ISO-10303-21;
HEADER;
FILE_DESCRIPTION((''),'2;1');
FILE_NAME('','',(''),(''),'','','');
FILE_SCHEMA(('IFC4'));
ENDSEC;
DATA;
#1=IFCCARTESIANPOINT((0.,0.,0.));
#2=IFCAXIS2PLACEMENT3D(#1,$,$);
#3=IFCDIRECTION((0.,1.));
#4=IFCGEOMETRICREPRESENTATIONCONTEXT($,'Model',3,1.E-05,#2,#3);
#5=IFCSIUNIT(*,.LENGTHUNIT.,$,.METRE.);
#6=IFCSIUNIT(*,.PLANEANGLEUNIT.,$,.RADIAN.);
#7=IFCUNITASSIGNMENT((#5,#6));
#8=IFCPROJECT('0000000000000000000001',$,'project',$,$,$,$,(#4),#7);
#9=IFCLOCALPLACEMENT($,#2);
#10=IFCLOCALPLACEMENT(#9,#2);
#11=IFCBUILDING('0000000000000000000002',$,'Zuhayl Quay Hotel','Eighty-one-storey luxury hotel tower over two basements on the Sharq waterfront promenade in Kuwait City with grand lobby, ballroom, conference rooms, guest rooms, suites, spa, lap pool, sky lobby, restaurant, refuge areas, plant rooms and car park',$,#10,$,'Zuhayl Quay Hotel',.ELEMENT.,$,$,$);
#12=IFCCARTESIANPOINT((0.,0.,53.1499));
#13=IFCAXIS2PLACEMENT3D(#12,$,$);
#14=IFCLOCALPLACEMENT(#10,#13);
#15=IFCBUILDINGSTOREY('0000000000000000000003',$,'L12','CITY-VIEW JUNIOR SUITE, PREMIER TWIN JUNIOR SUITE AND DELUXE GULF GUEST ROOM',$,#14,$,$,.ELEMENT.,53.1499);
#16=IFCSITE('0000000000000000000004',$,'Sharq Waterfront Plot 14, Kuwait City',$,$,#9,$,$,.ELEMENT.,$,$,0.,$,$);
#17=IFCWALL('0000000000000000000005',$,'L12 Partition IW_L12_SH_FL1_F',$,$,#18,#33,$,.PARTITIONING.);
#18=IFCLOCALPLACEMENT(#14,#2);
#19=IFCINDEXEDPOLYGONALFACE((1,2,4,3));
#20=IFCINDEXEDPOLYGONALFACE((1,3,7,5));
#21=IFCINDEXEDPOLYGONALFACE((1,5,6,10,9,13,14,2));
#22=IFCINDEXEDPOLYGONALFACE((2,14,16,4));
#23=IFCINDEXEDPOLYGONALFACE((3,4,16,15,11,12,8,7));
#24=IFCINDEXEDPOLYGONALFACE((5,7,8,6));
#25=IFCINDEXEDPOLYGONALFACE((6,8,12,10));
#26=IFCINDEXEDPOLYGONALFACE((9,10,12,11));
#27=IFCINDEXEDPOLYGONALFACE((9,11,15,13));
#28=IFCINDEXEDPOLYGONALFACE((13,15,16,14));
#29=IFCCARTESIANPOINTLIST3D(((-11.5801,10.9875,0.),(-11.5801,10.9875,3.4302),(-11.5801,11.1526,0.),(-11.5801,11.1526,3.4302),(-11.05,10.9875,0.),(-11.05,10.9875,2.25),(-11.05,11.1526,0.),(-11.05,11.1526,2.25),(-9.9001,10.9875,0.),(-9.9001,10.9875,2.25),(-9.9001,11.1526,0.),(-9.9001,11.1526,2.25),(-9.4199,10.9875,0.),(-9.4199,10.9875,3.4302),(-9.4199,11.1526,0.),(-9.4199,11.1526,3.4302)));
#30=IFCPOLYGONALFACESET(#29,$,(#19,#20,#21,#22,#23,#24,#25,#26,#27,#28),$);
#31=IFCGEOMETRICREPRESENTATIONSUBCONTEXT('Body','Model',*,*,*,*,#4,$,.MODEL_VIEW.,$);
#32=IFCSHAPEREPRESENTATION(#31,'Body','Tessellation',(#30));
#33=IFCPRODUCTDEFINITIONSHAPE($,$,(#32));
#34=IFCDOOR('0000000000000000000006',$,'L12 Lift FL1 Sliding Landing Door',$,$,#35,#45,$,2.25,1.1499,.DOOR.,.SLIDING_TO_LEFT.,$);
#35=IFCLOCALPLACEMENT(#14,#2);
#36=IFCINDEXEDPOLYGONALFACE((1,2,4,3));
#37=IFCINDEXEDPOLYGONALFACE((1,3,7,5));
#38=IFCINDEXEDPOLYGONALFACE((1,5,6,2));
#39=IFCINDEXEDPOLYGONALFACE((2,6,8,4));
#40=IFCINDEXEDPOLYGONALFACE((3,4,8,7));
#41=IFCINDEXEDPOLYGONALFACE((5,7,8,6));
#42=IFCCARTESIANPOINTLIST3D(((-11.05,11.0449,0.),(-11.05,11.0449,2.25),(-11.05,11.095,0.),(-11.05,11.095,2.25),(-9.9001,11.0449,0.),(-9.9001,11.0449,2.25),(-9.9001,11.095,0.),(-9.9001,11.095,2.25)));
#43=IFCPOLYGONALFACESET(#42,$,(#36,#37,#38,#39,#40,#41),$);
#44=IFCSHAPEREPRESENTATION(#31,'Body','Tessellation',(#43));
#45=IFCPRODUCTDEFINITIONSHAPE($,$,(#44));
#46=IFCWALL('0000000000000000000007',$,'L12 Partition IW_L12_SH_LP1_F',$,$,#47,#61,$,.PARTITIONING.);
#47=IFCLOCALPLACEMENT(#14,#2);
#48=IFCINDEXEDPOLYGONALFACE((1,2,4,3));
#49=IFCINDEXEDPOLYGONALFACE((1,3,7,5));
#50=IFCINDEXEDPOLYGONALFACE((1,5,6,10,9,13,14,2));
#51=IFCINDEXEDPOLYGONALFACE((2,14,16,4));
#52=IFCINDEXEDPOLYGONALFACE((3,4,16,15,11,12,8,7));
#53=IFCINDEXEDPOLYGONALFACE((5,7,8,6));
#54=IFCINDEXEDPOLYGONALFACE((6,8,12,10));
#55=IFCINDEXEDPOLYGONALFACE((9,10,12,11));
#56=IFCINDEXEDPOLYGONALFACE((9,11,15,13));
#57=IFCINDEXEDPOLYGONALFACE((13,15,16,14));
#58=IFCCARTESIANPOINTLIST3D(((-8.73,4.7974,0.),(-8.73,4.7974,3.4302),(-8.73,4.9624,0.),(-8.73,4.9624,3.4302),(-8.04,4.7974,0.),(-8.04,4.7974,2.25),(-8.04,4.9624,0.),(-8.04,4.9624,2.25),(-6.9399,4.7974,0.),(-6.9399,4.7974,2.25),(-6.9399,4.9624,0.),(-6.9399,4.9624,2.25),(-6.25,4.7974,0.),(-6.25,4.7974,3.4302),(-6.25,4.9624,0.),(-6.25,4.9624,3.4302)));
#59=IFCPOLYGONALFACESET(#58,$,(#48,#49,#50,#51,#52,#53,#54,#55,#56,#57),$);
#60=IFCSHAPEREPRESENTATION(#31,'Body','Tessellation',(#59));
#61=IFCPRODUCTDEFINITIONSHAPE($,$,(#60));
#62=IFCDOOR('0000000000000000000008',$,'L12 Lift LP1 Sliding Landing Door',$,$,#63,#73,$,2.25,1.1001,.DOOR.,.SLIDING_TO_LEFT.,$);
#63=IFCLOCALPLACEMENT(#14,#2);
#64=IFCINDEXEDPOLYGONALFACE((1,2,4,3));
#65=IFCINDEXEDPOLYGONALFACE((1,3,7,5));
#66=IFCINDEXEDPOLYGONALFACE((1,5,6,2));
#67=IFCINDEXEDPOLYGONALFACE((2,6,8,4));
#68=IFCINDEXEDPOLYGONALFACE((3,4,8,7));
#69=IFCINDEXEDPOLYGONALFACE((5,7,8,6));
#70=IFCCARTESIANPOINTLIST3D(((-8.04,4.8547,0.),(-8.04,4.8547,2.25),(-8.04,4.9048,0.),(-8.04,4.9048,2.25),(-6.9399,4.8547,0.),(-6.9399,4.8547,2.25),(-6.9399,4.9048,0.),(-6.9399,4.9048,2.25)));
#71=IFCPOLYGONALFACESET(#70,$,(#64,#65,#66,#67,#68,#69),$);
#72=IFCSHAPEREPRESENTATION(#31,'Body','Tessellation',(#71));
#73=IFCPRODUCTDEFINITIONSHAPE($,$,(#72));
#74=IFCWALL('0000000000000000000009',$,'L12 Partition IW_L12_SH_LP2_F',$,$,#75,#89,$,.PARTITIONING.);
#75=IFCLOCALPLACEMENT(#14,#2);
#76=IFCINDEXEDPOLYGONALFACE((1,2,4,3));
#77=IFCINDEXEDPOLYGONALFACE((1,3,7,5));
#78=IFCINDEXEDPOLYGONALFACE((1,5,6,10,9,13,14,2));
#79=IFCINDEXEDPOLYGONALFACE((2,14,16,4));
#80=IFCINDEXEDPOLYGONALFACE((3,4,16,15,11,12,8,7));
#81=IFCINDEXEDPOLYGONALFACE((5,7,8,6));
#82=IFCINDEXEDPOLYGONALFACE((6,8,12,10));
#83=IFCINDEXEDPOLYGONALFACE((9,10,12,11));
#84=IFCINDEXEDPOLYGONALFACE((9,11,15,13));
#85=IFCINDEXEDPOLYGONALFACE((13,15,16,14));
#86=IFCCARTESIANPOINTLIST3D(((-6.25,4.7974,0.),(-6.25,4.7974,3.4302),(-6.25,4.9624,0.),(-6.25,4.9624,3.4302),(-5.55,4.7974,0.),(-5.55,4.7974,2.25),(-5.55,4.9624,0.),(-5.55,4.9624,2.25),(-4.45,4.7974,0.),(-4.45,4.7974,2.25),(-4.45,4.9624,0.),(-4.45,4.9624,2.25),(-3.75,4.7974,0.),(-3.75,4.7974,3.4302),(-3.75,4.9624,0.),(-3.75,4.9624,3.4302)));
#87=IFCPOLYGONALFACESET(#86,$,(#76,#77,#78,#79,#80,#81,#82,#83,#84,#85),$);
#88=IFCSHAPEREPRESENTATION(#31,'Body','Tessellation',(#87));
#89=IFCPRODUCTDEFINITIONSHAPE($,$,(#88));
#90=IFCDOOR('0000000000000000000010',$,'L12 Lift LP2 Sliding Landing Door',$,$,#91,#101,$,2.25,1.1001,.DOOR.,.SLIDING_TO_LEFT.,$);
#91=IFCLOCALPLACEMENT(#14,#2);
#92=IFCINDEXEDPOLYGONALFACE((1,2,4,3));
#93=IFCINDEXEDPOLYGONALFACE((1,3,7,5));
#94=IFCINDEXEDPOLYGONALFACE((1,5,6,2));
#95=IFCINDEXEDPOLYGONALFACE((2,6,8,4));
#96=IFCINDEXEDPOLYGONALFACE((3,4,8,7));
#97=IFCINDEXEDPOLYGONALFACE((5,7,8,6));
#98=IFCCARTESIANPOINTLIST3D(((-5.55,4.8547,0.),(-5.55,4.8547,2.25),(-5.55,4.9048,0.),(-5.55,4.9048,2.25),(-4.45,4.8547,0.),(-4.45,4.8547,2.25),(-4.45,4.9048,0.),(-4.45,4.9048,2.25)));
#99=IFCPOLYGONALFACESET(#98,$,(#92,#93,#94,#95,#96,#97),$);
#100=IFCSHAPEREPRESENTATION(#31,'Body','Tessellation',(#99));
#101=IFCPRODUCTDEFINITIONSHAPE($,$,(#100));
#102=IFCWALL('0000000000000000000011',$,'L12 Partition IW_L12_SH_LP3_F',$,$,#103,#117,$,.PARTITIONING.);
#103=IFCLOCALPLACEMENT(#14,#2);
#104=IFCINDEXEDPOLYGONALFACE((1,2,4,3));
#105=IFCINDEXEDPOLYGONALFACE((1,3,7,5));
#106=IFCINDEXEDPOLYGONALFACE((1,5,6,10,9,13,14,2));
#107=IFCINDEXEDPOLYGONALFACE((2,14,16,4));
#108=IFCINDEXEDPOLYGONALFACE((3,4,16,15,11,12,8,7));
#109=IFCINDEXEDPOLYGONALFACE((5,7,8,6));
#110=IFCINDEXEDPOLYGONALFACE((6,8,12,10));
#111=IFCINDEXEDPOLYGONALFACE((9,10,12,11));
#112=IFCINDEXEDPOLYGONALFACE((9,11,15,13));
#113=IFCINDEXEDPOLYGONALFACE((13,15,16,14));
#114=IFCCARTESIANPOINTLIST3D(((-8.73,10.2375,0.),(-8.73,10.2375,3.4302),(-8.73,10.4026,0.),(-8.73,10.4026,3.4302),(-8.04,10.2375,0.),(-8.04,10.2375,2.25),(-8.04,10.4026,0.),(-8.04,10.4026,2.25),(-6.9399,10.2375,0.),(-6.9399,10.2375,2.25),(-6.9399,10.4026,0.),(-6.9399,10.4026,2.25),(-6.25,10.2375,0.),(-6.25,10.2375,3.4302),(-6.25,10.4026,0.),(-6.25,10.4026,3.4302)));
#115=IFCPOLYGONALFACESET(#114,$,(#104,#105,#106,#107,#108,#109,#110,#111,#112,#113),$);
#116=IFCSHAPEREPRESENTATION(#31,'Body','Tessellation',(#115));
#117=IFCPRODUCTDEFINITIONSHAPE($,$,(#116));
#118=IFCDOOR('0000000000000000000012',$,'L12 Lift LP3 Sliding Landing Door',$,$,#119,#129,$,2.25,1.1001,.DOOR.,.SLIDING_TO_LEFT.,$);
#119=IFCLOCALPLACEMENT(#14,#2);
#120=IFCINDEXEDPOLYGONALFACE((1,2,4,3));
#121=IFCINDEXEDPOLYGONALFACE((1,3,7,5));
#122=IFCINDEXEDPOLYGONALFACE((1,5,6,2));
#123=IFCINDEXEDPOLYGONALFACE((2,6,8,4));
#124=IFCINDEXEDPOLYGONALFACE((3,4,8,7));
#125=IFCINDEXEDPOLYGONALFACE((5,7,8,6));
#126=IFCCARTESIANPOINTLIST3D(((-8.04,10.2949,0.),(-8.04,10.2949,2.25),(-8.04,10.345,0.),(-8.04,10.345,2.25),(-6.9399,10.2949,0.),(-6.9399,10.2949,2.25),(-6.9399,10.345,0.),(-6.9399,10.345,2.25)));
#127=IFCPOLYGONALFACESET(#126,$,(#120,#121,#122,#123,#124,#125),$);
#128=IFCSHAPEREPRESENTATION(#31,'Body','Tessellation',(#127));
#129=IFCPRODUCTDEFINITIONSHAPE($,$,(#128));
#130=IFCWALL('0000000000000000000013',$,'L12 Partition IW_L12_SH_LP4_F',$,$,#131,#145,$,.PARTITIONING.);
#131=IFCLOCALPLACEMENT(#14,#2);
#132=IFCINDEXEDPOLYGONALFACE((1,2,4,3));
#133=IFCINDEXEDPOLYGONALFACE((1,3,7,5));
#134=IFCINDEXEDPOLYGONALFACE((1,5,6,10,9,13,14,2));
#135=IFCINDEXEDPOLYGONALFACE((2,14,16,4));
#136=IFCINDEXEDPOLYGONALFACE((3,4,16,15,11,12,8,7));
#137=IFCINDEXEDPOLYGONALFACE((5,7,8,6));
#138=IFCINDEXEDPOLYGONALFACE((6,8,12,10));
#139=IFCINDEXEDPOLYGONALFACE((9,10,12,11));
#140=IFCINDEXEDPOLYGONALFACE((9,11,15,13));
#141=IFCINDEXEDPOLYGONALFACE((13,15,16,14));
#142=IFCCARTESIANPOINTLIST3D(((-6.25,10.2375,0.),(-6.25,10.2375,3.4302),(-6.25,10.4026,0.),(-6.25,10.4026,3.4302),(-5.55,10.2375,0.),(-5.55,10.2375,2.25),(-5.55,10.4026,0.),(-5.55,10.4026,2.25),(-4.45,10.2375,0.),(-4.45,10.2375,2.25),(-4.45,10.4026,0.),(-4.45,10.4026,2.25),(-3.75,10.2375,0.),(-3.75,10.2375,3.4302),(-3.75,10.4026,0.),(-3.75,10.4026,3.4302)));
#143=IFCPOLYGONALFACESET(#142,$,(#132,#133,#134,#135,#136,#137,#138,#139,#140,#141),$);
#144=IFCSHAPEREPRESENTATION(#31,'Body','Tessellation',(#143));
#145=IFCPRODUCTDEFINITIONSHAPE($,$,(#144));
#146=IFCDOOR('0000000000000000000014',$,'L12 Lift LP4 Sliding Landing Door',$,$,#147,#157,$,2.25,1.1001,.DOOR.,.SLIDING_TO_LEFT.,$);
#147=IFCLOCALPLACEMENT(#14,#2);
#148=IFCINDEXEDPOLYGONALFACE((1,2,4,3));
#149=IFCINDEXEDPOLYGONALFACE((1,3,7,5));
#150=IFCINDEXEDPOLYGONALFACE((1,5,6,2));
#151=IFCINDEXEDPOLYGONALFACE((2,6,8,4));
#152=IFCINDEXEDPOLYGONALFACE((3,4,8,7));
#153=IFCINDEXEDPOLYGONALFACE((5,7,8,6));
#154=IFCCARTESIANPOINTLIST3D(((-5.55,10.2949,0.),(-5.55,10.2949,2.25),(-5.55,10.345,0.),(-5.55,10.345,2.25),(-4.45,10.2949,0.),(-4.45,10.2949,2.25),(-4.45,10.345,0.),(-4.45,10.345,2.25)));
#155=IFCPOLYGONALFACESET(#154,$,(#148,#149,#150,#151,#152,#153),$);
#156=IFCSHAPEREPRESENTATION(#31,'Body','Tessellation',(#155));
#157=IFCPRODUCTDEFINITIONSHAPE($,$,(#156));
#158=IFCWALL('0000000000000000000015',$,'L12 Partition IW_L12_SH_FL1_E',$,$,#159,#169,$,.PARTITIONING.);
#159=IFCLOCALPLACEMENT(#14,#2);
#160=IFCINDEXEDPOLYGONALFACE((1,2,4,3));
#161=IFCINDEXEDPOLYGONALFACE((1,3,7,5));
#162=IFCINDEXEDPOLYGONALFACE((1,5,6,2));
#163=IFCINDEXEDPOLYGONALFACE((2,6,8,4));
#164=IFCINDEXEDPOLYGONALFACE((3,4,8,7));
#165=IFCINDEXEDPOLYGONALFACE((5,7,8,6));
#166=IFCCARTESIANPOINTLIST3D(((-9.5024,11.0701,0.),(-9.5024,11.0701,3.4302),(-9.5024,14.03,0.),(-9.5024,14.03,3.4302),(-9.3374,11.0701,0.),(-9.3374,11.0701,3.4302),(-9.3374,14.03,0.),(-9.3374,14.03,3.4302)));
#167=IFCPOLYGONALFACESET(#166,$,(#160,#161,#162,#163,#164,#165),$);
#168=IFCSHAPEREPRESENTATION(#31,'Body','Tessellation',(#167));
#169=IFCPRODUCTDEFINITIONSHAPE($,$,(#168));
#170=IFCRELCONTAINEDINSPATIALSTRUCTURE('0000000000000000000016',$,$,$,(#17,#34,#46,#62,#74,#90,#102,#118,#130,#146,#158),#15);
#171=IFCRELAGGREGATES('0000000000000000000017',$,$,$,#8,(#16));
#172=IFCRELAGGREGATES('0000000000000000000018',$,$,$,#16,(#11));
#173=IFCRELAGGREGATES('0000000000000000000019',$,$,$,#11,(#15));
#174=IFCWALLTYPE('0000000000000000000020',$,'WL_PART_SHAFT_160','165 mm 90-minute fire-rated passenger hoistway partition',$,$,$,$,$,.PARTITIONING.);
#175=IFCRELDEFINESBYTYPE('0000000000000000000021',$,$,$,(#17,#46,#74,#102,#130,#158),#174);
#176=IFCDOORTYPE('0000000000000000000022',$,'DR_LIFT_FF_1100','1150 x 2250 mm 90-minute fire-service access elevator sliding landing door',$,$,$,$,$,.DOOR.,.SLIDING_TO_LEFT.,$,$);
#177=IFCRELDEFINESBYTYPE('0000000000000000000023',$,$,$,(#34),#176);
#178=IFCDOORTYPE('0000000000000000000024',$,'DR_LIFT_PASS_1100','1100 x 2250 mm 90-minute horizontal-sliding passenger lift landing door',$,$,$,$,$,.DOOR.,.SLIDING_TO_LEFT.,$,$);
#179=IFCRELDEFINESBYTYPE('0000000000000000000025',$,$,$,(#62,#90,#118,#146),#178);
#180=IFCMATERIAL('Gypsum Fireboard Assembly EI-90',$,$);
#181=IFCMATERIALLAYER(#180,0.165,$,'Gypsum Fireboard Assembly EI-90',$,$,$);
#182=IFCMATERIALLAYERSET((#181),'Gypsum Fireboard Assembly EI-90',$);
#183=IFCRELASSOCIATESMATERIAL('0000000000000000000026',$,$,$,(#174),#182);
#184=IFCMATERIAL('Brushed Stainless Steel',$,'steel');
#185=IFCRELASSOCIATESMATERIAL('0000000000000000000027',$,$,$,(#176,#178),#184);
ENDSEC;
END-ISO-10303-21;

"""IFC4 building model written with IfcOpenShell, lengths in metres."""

from ifc_helpers import new_model, si_unit, direction, frame, frame_2d, origin, place, context, subcontext, project, spatial, rectangle, extrude, material, layer, layer_set, type_object, element, fill, save


model = new_model("IFC4")

# Units and contexts
model_context = context("Model", 3, precision=1e-05, world=origin(), true_north=direction((0.0, 1.0)))
body_context = subcontext(model_context, "Body", "Model", "MODEL_VIEW")
ifc_project = project(units=[si_unit("LENGTHUNIT", "METRE"), si_unit("PLANEANGLEUNIT", "RADIAN")], contexts=[model_context])

# Site, building, storey
site_placement = place(None, origin())
site = spatial("IfcSite", under=ifc_project, at=site_placement, Name="Sharq Waterfront Plot 14, Kuwait City", CompositionType="ELEMENT", RefElevation=0.0)
building_placement = place(site_placement, origin())
building = spatial("IfcBuilding", under=site, at=building_placement, Name="Zuhayl Quay Hotel", Description="Eighty-one-storey luxury hotel tower over two basements on the Sharq waterfront promenade in Kuwait City with grand lobby, ballroom, conference rooms, guest rooms, suites, spa, lap pool, sky lobby, restaurant, refuge areas, plant rooms and car park", LongName="Zuhayl Quay Hotel", CompositionType="ELEMENT")
storey_placement = place(building_placement, frame((0.0, 0.0, 53.1499)))
storey = spatial("IfcBuildingStorey", under=building, at=storey_placement, Name="L12", Description="CITY-VIEW JUNIOR SUITE, PREMIER TWIN JUNIOR SUITE AND DELUXE GULF GUEST ROOM", CompositionType="ELEMENT", Elevation=53.1499)

# Walls, openings, doors
ifc_material_1 = material(Name="Gypsum Fireboard Assembly EI-90")
ifc_layer_1 = layer(ifc_material_1, 0.165, Name="Gypsum Fireboard Assembly EI-90")
ifc_layer_set_1 = layer_set([ifc_layer_1], Name="Gypsum Fireboard Assembly EI-90")
wall_type_1 = type_object("IfcWallType", Name="WL_PART_SHAFT_160", Description="165 mm 90-minute fire-rated passenger hoistway partition", PredefinedType="PARTITIONING", material=ifc_layer_set_1)
wall_1_placement = place(storey_placement, frame((-11.5801, 11.0701, 0.0), z_axis=(0.0, 0.0, 1.0), x_axis=(1.0, 0.0, 0.0)))
wall_1 = element("IfcWall", 1, at=wall_1_placement, inside=storey, type_object=wall_type_1, Name="L12 Partition IW_L12_SH_FL1_F", PredefinedType="PARTITIONING", context=body_context, shape_type="SweptSolid", body=[
    extrude(rectangle(XDim=2.1602, YDim=0.165, at=frame_2d((1.0801, 0.0))), origin(), (0.0, 0.0, 1.0), 3.4302),
])
opening_1_placement = place(wall_1_placement, frame((0.53, 0.0, 0.0)))
opening_1 = element("IfcOpeningElement", 2, at=opening_1_placement, cuts=wall_1, PredefinedType="OPENING", context=body_context, shape_type="SweptSolid", body=[
    extrude(rectangle(XDim=1.1499, YDim=2.25, at=frame_2d((0.575, 1.125))), frame((0.0, 0.0925, 0.0), z_axis=(0.0, -1.0, 0.0), x_axis=(1.0, 0.0, 0.0)), (0.0, 0.0, 1.0), 0.1851),
])
ifc_material_2 = material(Name="Brushed Stainless Steel", Category="steel")
door_type_1 = type_object("IfcDoorType", Name="DR_LIFT_FF_1100", Description="1150 x 2250 mm 90-minute fire-service access elevator sliding landing door", OperationType="SLIDING_TO_LEFT", PredefinedType="DOOR", material=ifc_material_2)
door_1_placement = place(opening_1_placement, origin())
door_1 = element("IfcDoor", 3, at=door_1_placement, inside=storey, type_object=door_type_1, Name="L12 Lift FL1 Sliding Landing Door", OperationType="SLIDING_TO_LEFT", OverallHeight=2.25, OverallWidth=1.1499, PredefinedType="DOOR", context=body_context, shape_type="SweptSolid", body=[
    extrude(rectangle(XDim=1.1499, YDim=2.25, at=frame_2d((0.575, 1.125))), frame((0.0, 0.0249, 0.0), z_axis=(0.0, -1.0, 0.0), x_axis=(1.0, 0.0, 0.0)), (0.0, 0.0, 1.0), 0.05),
])
fill(opening_1, door_1)
wall_2_placement = place(storey_placement, frame((-8.73, 4.8799, 0.0), z_axis=(0.0, 0.0, 1.0), x_axis=(1.0, 0.0, 0.0)))
wall_2 = element("IfcWall", 4, at=wall_2_placement, inside=storey, type_object=wall_type_1, Name="L12 Partition IW_L12_SH_LP1_F", PredefinedType="PARTITIONING", context=body_context, shape_type="SweptSolid", body=[
    extrude(rectangle(XDim=2.48, YDim=0.165, at=frame_2d((1.24, 0.0))), origin(), (0.0, 0.0, 1.0), 3.4302),
])
opening_2_placement = place(wall_2_placement, frame((0.6899, 0.0, 0.0)))
opening_2 = element("IfcOpeningElement", 5, at=opening_2_placement, cuts=wall_2, PredefinedType="OPENING", context=body_context, shape_type="SweptSolid", body=[
    extrude(rectangle(XDim=1.1001, YDim=2.25, at=frame_2d((0.55, 1.125))), frame((0.0, 0.0925, 0.0), z_axis=(0.0, -1.0, 0.0), x_axis=(1.0, 0.0, 0.0)), (0.0, 0.0, 1.0), 0.1851),
])
door_type_2 = type_object("IfcDoorType", Name="DR_LIFT_PASS_1100", Description="1100 x 2250 mm 90-minute horizontal-sliding passenger lift landing door", OperationType="SLIDING_TO_LEFT", PredefinedType="DOOR", material=ifc_material_2)
door_2_placement = place(opening_2_placement, origin())
door_2 = element("IfcDoor", 6, at=door_2_placement, inside=storey, type_object=door_type_2, Name="L12 Lift LP1 Sliding Landing Door", OperationType="SLIDING_TO_LEFT", OverallHeight=2.25, OverallWidth=1.1001, PredefinedType="DOOR", context=body_context, shape_type="SweptSolid", body=[
    extrude(rectangle(XDim=1.1001, YDim=2.25, at=frame_2d((0.55, 1.125))), frame((0.0, 0.0249, 0.0), z_axis=(0.0, -1.0, 0.0), x_axis=(1.0, 0.0, 0.0)), (0.0, 0.0, 1.0), 0.05),
])
fill(opening_2, door_2)
wall_3_placement = place(storey_placement, frame((-6.25, 4.8799, 0.0), z_axis=(0.0, 0.0, 1.0), x_axis=(1.0, 0.0, 0.0)))
wall_3 = element("IfcWall", 7, at=wall_3_placement, inside=storey, type_object=wall_type_1, Name="L12 Partition IW_L12_SH_LP2_F", PredefinedType="PARTITIONING", context=body_context, shape_type="SweptSolid", body=[
    extrude(rectangle(XDim=2.5, YDim=0.165, at=frame_2d((1.25, 0.0))), origin(), (0.0, 0.0, 1.0), 3.4302),
])
opening_3_placement = place(wall_3_placement, frame((0.7, 0.0, 0.0)))
opening_3 = element("IfcOpeningElement", 8, at=opening_3_placement, cuts=wall_3, PredefinedType="OPENING", context=body_context, shape_type="SweptSolid", body=[
    extrude(rectangle(XDim=1.1001, YDim=2.25, at=frame_2d((0.55, 1.125))), frame((0.0, 0.0925, 0.0), z_axis=(0.0, -1.0, 0.0), x_axis=(1.0, 0.0, 0.0)), (0.0, 0.0, 1.0), 0.1851),
])
door_3_placement = place(opening_3_placement, origin())
door_3 = element("IfcDoor", 9, at=door_3_placement, inside=storey, type_object=door_type_2, Name="L12 Lift LP2 Sliding Landing Door", OperationType="SLIDING_TO_LEFT", OverallHeight=2.25, OverallWidth=1.1001, PredefinedType="DOOR", context=body_context, shape_type="SweptSolid", body=[
    extrude(rectangle(XDim=1.1001, YDim=2.25, at=frame_2d((0.55, 1.125))), frame((0.0, 0.0249, 0.0), z_axis=(0.0, -1.0, 0.0), x_axis=(1.0, 0.0, 0.0)), (0.0, 0.0, 1.0), 0.05),
])
fill(opening_3, door_3)
wall_4_placement = place(storey_placement, frame((-8.73, 10.3201, 0.0), z_axis=(0.0, 0.0, 1.0), x_axis=(1.0, 0.0, 0.0)))
wall_4 = element("IfcWall", 10, at=wall_4_placement, inside=storey, type_object=wall_type_1, Name="L12 Partition IW_L12_SH_LP3_F", PredefinedType="PARTITIONING", context=body_context, shape_type="SweptSolid", body=[
    extrude(rectangle(XDim=2.48, YDim=0.165, at=frame_2d((1.24, 0.0))), origin(), (0.0, 0.0, 1.0), 3.4302),
])
opening_4_placement = place(wall_4_placement, frame((0.6899, 0.0, 0.0)))
opening_4 = element("IfcOpeningElement", 11, at=opening_4_placement, cuts=wall_4, PredefinedType="OPENING", context=body_context, shape_type="SweptSolid", body=[
    extrude(rectangle(XDim=1.1001, YDim=2.25, at=frame_2d((0.55, 1.125))), frame((0.0, 0.0925, 0.0), z_axis=(0.0, -1.0, 0.0), x_axis=(1.0, 0.0, 0.0)), (0.0, 0.0, 1.0), 0.1851),
])
door_4_placement = place(opening_4_placement, origin())
door_4 = element("IfcDoor", 12, at=door_4_placement, inside=storey, type_object=door_type_2, Name="L12 Lift LP3 Sliding Landing Door", OperationType="SLIDING_TO_LEFT", OverallHeight=2.25, OverallWidth=1.1001, PredefinedType="DOOR", context=body_context, shape_type="SweptSolid", body=[
    extrude(rectangle(XDim=1.1001, YDim=2.25, at=frame_2d((0.55, 1.125))), frame((0.0, 0.0249, 0.0), z_axis=(0.0, -1.0, 0.0), x_axis=(1.0, 0.0, 0.0)), (0.0, 0.0, 1.0), 0.05),
])
fill(opening_4, door_4)
wall_5_placement = place(storey_placement, frame((-6.25, 10.3201, 0.0), z_axis=(0.0, 0.0, 1.0), x_axis=(1.0, 0.0, 0.0)))
wall_5 = element("IfcWall", 13, at=wall_5_placement, inside=storey, type_object=wall_type_1, Name="L12 Partition IW_L12_SH_LP4_F", PredefinedType="PARTITIONING", context=body_context, shape_type="SweptSolid", body=[
    extrude(rectangle(XDim=2.5, YDim=0.165, at=frame_2d((1.25, 0.0))), origin(), (0.0, 0.0, 1.0), 3.4302),
])
opening_5_placement = place(wall_5_placement, frame((0.7, 0.0, 0.0)))
opening_5 = element("IfcOpeningElement", 14, at=opening_5_placement, cuts=wall_5, PredefinedType="OPENING", context=body_context, shape_type="SweptSolid", body=[
    extrude(rectangle(XDim=1.1001, YDim=2.25, at=frame_2d((0.55, 1.125))), frame((0.0, 0.0925, 0.0), z_axis=(0.0, -1.0, 0.0), x_axis=(1.0, 0.0, 0.0)), (0.0, 0.0, 1.0), 0.1851),
])
door_5_placement = place(opening_5_placement, origin())
door_5 = element("IfcDoor", 15, at=door_5_placement, inside=storey, type_object=door_type_2, Name="L12 Lift LP4 Sliding Landing Door", OperationType="SLIDING_TO_LEFT", OverallHeight=2.25, OverallWidth=1.1001, PredefinedType="DOOR", context=body_context, shape_type="SweptSolid", body=[
    extrude(rectangle(XDim=1.1001, YDim=2.25, at=frame_2d((0.55, 1.125))), frame((0.0, 0.0249, 0.0), z_axis=(0.0, -1.0, 0.0), x_axis=(1.0, 0.0, 0.0)), (0.0, 0.0, 1.0), 0.05),
])
fill(opening_5, door_5)

# Wall
wall_6_placement = place(storey_placement, frame((-9.4199, 11.0701, 0.0), z_axis=(0.0, 0.0, 1.0), x_axis=(0.0, 1.0, 0.0)))
element("IfcWall", 16, at=wall_6_placement, inside=storey, type_object=wall_type_1, Name="L12 Partition IW_L12_SH_FL1_E", PredefinedType="PARTITIONING", context=body_context, shape_type="SweptSolid", body=[
    extrude(rectangle(XDim=2.96, YDim=0.165, at=frame_2d((1.48, 0.0))), origin(), (0.0, 0.0, 1.0), 3.4302),
])

save(model, "model.ifc")
